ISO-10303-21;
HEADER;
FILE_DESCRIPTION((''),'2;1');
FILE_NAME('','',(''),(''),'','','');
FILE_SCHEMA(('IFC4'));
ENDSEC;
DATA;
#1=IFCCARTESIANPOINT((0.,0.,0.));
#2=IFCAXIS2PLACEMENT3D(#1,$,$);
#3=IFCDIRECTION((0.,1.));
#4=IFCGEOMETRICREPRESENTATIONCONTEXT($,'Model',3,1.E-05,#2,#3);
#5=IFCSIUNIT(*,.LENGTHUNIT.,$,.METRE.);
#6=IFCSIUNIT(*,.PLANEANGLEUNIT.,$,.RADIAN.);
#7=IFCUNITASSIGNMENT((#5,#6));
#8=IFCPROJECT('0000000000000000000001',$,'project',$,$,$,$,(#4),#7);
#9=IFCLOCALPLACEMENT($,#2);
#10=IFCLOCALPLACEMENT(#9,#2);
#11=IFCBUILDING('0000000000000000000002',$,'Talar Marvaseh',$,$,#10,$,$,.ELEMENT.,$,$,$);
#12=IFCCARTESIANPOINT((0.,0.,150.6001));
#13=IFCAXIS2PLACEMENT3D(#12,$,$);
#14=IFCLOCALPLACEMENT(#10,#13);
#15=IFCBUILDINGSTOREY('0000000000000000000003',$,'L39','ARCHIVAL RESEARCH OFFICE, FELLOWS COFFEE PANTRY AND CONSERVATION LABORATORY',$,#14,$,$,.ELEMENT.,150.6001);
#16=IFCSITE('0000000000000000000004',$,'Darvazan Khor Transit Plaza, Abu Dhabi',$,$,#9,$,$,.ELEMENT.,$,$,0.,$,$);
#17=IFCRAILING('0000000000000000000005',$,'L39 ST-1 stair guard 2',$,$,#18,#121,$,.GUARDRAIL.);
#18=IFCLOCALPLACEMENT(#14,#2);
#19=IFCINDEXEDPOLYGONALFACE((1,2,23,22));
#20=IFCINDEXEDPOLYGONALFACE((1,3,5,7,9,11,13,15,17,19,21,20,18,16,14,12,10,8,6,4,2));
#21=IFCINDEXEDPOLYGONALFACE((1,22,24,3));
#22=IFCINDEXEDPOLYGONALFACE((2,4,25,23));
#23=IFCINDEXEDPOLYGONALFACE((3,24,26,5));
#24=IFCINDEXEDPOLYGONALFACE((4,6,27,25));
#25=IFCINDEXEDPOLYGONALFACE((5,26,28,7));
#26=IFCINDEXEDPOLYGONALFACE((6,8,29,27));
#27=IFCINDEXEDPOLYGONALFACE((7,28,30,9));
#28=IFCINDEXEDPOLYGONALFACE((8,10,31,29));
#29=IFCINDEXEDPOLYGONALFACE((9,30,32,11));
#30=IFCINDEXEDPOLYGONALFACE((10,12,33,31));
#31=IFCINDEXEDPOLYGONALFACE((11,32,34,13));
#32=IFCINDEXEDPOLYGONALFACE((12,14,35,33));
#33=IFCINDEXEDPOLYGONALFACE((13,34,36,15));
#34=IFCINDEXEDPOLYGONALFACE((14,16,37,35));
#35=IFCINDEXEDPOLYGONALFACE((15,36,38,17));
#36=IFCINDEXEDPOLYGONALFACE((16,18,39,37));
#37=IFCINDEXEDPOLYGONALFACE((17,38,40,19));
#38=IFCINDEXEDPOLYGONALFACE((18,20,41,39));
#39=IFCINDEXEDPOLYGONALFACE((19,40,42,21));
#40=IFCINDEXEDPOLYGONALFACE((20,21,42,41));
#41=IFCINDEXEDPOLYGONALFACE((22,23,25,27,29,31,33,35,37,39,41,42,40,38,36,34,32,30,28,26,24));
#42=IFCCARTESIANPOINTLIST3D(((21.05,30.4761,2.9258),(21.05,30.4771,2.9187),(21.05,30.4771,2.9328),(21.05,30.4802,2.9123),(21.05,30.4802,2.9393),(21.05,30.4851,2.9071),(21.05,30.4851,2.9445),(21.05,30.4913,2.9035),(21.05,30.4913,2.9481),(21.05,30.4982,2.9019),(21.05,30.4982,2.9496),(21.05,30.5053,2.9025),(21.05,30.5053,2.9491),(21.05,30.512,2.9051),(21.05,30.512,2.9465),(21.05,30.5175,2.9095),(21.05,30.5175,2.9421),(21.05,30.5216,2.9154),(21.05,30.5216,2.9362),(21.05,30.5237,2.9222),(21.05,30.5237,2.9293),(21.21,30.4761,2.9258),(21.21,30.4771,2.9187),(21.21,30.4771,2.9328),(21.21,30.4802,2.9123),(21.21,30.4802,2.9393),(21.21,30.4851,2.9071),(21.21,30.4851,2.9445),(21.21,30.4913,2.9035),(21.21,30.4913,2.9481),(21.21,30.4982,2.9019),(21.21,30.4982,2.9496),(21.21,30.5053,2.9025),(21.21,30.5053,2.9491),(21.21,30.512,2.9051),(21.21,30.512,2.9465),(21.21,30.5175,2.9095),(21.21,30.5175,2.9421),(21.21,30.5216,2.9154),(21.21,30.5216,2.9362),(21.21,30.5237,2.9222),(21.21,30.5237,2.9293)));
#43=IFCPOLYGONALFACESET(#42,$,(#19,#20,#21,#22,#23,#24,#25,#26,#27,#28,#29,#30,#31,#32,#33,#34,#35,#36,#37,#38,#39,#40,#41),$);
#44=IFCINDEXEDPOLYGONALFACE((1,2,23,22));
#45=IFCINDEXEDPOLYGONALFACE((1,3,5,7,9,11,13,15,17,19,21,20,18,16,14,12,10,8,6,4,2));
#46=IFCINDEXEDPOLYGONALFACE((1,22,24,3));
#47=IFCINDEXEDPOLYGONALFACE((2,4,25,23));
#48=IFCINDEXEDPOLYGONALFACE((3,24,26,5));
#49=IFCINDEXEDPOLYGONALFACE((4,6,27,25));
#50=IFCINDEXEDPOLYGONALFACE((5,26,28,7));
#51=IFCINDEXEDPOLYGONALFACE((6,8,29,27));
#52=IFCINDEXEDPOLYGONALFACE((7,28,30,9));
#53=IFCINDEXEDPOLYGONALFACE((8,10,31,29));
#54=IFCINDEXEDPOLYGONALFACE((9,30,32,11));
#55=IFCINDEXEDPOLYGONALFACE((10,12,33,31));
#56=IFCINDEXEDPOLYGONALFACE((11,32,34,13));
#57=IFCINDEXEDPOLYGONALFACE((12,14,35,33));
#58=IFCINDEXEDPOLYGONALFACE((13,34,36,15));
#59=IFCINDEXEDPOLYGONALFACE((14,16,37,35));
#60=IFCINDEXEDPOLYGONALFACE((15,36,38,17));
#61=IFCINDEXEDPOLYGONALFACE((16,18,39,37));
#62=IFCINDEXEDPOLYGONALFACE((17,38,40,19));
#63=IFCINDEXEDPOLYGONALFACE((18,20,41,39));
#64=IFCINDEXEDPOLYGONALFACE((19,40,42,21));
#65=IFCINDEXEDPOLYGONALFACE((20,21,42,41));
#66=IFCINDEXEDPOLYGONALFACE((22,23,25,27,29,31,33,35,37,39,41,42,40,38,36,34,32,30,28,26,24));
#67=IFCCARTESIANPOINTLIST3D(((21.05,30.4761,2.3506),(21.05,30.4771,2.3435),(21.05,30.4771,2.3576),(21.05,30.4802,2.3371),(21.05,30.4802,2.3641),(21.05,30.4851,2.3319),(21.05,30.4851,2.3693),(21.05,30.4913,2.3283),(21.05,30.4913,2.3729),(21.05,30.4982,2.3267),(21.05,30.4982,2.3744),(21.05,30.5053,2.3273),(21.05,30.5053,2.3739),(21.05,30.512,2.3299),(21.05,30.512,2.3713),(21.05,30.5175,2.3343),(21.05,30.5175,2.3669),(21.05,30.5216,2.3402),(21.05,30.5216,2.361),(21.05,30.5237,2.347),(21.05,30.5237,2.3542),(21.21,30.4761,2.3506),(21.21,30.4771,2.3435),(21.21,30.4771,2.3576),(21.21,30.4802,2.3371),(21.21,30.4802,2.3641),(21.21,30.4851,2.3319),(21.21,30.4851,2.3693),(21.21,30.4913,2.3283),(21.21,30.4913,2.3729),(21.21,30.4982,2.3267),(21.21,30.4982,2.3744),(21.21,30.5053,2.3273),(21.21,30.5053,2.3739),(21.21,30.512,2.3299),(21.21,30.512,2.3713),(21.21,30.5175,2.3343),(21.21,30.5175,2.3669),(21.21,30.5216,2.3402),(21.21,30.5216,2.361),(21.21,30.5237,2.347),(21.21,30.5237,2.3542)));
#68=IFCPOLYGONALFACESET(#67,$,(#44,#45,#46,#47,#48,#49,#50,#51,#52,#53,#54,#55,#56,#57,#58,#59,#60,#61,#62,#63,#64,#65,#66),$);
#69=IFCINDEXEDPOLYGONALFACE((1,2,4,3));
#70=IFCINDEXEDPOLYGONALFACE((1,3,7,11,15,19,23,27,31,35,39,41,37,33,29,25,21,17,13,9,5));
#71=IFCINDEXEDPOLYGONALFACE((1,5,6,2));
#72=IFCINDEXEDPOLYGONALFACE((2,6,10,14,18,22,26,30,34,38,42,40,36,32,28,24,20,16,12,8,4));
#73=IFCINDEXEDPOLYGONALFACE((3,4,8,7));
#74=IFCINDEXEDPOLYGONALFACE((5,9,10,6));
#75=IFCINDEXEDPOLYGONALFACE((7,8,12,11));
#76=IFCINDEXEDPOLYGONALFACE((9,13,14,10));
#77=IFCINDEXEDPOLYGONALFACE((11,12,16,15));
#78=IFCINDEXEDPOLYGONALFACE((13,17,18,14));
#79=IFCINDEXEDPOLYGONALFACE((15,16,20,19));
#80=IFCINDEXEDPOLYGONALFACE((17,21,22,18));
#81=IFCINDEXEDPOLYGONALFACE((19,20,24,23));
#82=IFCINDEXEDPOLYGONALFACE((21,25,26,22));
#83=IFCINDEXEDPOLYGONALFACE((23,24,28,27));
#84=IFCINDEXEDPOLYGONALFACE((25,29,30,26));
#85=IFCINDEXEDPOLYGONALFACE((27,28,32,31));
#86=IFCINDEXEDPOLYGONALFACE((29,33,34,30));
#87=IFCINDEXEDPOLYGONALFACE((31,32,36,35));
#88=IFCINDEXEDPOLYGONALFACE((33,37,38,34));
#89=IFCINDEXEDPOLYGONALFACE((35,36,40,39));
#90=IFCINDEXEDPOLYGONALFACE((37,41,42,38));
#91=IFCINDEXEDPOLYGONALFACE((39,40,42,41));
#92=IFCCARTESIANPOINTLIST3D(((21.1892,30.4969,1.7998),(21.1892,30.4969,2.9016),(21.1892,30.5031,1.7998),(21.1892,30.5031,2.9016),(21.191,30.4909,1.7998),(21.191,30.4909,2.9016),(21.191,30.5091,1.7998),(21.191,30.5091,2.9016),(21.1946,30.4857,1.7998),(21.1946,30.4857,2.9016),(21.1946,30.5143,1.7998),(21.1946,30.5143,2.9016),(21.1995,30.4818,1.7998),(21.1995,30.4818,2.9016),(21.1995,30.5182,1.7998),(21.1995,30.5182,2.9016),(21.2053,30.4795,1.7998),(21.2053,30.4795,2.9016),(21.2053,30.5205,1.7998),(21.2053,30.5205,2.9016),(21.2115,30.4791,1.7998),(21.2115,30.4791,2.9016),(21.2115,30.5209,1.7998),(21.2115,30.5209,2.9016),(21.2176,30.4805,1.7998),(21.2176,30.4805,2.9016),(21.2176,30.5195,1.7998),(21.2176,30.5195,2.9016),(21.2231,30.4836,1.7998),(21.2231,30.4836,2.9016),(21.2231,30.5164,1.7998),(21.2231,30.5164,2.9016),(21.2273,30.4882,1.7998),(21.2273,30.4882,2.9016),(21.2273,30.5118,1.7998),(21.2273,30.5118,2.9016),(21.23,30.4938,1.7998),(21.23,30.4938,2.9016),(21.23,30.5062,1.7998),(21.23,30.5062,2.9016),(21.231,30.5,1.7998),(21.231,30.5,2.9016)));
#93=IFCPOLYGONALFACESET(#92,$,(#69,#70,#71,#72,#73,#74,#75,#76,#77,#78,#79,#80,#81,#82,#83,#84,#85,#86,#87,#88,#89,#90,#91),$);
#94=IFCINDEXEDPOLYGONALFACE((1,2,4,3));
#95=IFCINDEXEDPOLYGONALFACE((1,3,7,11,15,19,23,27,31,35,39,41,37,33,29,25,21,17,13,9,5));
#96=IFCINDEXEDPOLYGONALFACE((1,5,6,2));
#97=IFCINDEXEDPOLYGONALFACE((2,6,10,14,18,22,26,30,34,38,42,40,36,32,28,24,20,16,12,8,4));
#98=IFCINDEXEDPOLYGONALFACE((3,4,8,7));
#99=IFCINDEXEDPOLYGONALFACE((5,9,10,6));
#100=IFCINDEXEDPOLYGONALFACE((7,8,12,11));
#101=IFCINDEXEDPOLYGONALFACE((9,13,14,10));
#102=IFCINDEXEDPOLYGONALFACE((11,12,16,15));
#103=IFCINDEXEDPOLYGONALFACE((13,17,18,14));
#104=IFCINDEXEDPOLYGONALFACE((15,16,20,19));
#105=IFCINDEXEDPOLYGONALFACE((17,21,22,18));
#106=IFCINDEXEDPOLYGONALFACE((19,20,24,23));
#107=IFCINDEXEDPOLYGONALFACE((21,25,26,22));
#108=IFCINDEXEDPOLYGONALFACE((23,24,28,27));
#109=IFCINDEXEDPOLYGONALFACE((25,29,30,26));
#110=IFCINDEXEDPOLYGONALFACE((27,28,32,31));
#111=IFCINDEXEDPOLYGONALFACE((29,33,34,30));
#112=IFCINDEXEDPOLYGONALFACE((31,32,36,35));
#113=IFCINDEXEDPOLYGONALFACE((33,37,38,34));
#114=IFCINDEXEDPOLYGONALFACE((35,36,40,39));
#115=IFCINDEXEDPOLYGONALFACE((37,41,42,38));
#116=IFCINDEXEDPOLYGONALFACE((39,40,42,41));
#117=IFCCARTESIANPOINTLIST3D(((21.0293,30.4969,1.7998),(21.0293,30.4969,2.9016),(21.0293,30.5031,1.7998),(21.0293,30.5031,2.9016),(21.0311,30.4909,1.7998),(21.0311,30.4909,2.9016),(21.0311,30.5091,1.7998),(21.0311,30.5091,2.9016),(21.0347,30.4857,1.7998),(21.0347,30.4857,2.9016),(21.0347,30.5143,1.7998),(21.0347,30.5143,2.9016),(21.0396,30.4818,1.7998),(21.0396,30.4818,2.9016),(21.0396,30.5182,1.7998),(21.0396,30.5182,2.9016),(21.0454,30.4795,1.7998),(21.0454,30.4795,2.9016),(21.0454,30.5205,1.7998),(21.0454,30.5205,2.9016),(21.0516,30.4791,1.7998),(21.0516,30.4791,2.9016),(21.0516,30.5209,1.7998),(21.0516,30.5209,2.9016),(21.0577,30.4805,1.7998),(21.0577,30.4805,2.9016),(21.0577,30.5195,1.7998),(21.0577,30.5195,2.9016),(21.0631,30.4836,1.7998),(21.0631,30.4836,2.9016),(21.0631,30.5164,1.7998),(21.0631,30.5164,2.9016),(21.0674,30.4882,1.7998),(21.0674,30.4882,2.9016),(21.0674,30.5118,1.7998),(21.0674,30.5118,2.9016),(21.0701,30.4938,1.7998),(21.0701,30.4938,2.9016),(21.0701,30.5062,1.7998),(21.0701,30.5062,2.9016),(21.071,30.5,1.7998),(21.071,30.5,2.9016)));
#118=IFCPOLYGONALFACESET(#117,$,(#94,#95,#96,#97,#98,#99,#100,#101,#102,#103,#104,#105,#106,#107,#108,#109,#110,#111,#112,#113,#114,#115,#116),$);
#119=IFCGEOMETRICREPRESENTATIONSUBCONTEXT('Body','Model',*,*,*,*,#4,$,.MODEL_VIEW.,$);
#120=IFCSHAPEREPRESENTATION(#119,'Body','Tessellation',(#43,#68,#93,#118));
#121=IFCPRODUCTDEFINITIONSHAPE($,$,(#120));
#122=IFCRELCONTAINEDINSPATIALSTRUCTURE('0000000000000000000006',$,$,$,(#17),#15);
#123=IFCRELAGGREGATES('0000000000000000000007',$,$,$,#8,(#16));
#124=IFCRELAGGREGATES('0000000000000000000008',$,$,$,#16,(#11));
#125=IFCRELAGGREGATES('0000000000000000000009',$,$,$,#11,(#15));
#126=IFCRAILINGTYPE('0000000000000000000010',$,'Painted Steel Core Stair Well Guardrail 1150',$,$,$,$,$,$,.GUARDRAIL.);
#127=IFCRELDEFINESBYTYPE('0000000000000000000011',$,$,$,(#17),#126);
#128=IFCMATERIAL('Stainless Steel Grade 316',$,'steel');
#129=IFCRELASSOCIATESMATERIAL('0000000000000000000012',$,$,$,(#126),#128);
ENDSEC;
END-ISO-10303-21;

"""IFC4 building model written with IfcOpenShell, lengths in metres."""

from ifc_helpers import new_model, si_unit, direction, frame, origin, origin_2d, place, context, subcontext, project, spatial, circle, extrude, material, type_object, element, save


model = new_model("IFC4")

# Units and contexts
model_context = context("Model", 3, precision=1e-05, world=origin(), true_north=direction((0.0, 1.0)))
body_context = subcontext(model_context, "Body", "Model", "MODEL_VIEW")
ifc_project = project(units=[si_unit("LENGTHUNIT", "METRE"), si_unit("PLANEANGLEUNIT", "RADIAN")], contexts=[model_context])

# Site, building, storey
site_placement = place(None, origin())
site = spatial("IfcSite", under=ifc_project, at=site_placement, Name="Darvazan Khor Transit Plaza, Abu Dhabi", CompositionType="ELEMENT", RefElevation=0.0)
building_placement = place(site_placement, origin())
building = spatial("IfcBuilding", under=site, at=building_placement, Name="Talar Marvaseh", CompositionType="ELEMENT")
storey_placement = place(building_placement, frame((0.0, 0.0, 150.6001)))
storey = spatial("IfcBuildingStorey", under=building, at=storey_placement, Name="L39", Description="ARCHIVAL RESEARCH OFFICE, FELLOWS COFFEE PANTRY AND CONSERVATION LABORATORY", CompositionType="ELEMENT", Elevation=150.6001)

# Railing
ifc_material_1 = material(Name="Stainless Steel Grade 316", Category="steel")
railing_type_1 = type_object("IfcRailingType", Name="Painted Steel Core Stair Well Guardrail 1150", PredefinedType="GUARDRAIL", material=ifc_material_1)
railing_1_placement = place(storey_placement, frame((21.21, 30.5, 1.7998)))
element("IfcRailing", 1, at=railing_1_placement, inside=storey, type_object=railing_type_1, Name="L39 ST-1 stair guard 2", PredefinedType="GUARDRAIL", context=body_context, shape_type="SweptSolid", body=[
    extrude(circle(Radius=0.0239, at=origin_2d()), frame((0.0, 0.0, 1.126), z_axis=(-1.0, 0.0, 0.0), x_axis=(0.0, -1.0, 0.0)), (0.0, 0.0, 1.0), 0.1599),
    extrude(circle(Radius=0.0239, at=origin_2d()), frame((0.0, 0.0, 0.5508), z_axis=(-1.0, 0.0, 0.0), x_axis=(0.0, -1.0, 0.0)), (0.0, 0.0, 1.0), 0.1599),
    extrude(circle(Radius=0.021, at=origin_2d()), origin(), (0.0, 0.0, 1.0), 1.1018),
    extrude(circle(Radius=0.021, at=origin_2d()), frame((-0.1599, 0.0, 0.0)), (0.0, 0.0, 1.0), 1.1018),
])

save(model, "model.ifc")
